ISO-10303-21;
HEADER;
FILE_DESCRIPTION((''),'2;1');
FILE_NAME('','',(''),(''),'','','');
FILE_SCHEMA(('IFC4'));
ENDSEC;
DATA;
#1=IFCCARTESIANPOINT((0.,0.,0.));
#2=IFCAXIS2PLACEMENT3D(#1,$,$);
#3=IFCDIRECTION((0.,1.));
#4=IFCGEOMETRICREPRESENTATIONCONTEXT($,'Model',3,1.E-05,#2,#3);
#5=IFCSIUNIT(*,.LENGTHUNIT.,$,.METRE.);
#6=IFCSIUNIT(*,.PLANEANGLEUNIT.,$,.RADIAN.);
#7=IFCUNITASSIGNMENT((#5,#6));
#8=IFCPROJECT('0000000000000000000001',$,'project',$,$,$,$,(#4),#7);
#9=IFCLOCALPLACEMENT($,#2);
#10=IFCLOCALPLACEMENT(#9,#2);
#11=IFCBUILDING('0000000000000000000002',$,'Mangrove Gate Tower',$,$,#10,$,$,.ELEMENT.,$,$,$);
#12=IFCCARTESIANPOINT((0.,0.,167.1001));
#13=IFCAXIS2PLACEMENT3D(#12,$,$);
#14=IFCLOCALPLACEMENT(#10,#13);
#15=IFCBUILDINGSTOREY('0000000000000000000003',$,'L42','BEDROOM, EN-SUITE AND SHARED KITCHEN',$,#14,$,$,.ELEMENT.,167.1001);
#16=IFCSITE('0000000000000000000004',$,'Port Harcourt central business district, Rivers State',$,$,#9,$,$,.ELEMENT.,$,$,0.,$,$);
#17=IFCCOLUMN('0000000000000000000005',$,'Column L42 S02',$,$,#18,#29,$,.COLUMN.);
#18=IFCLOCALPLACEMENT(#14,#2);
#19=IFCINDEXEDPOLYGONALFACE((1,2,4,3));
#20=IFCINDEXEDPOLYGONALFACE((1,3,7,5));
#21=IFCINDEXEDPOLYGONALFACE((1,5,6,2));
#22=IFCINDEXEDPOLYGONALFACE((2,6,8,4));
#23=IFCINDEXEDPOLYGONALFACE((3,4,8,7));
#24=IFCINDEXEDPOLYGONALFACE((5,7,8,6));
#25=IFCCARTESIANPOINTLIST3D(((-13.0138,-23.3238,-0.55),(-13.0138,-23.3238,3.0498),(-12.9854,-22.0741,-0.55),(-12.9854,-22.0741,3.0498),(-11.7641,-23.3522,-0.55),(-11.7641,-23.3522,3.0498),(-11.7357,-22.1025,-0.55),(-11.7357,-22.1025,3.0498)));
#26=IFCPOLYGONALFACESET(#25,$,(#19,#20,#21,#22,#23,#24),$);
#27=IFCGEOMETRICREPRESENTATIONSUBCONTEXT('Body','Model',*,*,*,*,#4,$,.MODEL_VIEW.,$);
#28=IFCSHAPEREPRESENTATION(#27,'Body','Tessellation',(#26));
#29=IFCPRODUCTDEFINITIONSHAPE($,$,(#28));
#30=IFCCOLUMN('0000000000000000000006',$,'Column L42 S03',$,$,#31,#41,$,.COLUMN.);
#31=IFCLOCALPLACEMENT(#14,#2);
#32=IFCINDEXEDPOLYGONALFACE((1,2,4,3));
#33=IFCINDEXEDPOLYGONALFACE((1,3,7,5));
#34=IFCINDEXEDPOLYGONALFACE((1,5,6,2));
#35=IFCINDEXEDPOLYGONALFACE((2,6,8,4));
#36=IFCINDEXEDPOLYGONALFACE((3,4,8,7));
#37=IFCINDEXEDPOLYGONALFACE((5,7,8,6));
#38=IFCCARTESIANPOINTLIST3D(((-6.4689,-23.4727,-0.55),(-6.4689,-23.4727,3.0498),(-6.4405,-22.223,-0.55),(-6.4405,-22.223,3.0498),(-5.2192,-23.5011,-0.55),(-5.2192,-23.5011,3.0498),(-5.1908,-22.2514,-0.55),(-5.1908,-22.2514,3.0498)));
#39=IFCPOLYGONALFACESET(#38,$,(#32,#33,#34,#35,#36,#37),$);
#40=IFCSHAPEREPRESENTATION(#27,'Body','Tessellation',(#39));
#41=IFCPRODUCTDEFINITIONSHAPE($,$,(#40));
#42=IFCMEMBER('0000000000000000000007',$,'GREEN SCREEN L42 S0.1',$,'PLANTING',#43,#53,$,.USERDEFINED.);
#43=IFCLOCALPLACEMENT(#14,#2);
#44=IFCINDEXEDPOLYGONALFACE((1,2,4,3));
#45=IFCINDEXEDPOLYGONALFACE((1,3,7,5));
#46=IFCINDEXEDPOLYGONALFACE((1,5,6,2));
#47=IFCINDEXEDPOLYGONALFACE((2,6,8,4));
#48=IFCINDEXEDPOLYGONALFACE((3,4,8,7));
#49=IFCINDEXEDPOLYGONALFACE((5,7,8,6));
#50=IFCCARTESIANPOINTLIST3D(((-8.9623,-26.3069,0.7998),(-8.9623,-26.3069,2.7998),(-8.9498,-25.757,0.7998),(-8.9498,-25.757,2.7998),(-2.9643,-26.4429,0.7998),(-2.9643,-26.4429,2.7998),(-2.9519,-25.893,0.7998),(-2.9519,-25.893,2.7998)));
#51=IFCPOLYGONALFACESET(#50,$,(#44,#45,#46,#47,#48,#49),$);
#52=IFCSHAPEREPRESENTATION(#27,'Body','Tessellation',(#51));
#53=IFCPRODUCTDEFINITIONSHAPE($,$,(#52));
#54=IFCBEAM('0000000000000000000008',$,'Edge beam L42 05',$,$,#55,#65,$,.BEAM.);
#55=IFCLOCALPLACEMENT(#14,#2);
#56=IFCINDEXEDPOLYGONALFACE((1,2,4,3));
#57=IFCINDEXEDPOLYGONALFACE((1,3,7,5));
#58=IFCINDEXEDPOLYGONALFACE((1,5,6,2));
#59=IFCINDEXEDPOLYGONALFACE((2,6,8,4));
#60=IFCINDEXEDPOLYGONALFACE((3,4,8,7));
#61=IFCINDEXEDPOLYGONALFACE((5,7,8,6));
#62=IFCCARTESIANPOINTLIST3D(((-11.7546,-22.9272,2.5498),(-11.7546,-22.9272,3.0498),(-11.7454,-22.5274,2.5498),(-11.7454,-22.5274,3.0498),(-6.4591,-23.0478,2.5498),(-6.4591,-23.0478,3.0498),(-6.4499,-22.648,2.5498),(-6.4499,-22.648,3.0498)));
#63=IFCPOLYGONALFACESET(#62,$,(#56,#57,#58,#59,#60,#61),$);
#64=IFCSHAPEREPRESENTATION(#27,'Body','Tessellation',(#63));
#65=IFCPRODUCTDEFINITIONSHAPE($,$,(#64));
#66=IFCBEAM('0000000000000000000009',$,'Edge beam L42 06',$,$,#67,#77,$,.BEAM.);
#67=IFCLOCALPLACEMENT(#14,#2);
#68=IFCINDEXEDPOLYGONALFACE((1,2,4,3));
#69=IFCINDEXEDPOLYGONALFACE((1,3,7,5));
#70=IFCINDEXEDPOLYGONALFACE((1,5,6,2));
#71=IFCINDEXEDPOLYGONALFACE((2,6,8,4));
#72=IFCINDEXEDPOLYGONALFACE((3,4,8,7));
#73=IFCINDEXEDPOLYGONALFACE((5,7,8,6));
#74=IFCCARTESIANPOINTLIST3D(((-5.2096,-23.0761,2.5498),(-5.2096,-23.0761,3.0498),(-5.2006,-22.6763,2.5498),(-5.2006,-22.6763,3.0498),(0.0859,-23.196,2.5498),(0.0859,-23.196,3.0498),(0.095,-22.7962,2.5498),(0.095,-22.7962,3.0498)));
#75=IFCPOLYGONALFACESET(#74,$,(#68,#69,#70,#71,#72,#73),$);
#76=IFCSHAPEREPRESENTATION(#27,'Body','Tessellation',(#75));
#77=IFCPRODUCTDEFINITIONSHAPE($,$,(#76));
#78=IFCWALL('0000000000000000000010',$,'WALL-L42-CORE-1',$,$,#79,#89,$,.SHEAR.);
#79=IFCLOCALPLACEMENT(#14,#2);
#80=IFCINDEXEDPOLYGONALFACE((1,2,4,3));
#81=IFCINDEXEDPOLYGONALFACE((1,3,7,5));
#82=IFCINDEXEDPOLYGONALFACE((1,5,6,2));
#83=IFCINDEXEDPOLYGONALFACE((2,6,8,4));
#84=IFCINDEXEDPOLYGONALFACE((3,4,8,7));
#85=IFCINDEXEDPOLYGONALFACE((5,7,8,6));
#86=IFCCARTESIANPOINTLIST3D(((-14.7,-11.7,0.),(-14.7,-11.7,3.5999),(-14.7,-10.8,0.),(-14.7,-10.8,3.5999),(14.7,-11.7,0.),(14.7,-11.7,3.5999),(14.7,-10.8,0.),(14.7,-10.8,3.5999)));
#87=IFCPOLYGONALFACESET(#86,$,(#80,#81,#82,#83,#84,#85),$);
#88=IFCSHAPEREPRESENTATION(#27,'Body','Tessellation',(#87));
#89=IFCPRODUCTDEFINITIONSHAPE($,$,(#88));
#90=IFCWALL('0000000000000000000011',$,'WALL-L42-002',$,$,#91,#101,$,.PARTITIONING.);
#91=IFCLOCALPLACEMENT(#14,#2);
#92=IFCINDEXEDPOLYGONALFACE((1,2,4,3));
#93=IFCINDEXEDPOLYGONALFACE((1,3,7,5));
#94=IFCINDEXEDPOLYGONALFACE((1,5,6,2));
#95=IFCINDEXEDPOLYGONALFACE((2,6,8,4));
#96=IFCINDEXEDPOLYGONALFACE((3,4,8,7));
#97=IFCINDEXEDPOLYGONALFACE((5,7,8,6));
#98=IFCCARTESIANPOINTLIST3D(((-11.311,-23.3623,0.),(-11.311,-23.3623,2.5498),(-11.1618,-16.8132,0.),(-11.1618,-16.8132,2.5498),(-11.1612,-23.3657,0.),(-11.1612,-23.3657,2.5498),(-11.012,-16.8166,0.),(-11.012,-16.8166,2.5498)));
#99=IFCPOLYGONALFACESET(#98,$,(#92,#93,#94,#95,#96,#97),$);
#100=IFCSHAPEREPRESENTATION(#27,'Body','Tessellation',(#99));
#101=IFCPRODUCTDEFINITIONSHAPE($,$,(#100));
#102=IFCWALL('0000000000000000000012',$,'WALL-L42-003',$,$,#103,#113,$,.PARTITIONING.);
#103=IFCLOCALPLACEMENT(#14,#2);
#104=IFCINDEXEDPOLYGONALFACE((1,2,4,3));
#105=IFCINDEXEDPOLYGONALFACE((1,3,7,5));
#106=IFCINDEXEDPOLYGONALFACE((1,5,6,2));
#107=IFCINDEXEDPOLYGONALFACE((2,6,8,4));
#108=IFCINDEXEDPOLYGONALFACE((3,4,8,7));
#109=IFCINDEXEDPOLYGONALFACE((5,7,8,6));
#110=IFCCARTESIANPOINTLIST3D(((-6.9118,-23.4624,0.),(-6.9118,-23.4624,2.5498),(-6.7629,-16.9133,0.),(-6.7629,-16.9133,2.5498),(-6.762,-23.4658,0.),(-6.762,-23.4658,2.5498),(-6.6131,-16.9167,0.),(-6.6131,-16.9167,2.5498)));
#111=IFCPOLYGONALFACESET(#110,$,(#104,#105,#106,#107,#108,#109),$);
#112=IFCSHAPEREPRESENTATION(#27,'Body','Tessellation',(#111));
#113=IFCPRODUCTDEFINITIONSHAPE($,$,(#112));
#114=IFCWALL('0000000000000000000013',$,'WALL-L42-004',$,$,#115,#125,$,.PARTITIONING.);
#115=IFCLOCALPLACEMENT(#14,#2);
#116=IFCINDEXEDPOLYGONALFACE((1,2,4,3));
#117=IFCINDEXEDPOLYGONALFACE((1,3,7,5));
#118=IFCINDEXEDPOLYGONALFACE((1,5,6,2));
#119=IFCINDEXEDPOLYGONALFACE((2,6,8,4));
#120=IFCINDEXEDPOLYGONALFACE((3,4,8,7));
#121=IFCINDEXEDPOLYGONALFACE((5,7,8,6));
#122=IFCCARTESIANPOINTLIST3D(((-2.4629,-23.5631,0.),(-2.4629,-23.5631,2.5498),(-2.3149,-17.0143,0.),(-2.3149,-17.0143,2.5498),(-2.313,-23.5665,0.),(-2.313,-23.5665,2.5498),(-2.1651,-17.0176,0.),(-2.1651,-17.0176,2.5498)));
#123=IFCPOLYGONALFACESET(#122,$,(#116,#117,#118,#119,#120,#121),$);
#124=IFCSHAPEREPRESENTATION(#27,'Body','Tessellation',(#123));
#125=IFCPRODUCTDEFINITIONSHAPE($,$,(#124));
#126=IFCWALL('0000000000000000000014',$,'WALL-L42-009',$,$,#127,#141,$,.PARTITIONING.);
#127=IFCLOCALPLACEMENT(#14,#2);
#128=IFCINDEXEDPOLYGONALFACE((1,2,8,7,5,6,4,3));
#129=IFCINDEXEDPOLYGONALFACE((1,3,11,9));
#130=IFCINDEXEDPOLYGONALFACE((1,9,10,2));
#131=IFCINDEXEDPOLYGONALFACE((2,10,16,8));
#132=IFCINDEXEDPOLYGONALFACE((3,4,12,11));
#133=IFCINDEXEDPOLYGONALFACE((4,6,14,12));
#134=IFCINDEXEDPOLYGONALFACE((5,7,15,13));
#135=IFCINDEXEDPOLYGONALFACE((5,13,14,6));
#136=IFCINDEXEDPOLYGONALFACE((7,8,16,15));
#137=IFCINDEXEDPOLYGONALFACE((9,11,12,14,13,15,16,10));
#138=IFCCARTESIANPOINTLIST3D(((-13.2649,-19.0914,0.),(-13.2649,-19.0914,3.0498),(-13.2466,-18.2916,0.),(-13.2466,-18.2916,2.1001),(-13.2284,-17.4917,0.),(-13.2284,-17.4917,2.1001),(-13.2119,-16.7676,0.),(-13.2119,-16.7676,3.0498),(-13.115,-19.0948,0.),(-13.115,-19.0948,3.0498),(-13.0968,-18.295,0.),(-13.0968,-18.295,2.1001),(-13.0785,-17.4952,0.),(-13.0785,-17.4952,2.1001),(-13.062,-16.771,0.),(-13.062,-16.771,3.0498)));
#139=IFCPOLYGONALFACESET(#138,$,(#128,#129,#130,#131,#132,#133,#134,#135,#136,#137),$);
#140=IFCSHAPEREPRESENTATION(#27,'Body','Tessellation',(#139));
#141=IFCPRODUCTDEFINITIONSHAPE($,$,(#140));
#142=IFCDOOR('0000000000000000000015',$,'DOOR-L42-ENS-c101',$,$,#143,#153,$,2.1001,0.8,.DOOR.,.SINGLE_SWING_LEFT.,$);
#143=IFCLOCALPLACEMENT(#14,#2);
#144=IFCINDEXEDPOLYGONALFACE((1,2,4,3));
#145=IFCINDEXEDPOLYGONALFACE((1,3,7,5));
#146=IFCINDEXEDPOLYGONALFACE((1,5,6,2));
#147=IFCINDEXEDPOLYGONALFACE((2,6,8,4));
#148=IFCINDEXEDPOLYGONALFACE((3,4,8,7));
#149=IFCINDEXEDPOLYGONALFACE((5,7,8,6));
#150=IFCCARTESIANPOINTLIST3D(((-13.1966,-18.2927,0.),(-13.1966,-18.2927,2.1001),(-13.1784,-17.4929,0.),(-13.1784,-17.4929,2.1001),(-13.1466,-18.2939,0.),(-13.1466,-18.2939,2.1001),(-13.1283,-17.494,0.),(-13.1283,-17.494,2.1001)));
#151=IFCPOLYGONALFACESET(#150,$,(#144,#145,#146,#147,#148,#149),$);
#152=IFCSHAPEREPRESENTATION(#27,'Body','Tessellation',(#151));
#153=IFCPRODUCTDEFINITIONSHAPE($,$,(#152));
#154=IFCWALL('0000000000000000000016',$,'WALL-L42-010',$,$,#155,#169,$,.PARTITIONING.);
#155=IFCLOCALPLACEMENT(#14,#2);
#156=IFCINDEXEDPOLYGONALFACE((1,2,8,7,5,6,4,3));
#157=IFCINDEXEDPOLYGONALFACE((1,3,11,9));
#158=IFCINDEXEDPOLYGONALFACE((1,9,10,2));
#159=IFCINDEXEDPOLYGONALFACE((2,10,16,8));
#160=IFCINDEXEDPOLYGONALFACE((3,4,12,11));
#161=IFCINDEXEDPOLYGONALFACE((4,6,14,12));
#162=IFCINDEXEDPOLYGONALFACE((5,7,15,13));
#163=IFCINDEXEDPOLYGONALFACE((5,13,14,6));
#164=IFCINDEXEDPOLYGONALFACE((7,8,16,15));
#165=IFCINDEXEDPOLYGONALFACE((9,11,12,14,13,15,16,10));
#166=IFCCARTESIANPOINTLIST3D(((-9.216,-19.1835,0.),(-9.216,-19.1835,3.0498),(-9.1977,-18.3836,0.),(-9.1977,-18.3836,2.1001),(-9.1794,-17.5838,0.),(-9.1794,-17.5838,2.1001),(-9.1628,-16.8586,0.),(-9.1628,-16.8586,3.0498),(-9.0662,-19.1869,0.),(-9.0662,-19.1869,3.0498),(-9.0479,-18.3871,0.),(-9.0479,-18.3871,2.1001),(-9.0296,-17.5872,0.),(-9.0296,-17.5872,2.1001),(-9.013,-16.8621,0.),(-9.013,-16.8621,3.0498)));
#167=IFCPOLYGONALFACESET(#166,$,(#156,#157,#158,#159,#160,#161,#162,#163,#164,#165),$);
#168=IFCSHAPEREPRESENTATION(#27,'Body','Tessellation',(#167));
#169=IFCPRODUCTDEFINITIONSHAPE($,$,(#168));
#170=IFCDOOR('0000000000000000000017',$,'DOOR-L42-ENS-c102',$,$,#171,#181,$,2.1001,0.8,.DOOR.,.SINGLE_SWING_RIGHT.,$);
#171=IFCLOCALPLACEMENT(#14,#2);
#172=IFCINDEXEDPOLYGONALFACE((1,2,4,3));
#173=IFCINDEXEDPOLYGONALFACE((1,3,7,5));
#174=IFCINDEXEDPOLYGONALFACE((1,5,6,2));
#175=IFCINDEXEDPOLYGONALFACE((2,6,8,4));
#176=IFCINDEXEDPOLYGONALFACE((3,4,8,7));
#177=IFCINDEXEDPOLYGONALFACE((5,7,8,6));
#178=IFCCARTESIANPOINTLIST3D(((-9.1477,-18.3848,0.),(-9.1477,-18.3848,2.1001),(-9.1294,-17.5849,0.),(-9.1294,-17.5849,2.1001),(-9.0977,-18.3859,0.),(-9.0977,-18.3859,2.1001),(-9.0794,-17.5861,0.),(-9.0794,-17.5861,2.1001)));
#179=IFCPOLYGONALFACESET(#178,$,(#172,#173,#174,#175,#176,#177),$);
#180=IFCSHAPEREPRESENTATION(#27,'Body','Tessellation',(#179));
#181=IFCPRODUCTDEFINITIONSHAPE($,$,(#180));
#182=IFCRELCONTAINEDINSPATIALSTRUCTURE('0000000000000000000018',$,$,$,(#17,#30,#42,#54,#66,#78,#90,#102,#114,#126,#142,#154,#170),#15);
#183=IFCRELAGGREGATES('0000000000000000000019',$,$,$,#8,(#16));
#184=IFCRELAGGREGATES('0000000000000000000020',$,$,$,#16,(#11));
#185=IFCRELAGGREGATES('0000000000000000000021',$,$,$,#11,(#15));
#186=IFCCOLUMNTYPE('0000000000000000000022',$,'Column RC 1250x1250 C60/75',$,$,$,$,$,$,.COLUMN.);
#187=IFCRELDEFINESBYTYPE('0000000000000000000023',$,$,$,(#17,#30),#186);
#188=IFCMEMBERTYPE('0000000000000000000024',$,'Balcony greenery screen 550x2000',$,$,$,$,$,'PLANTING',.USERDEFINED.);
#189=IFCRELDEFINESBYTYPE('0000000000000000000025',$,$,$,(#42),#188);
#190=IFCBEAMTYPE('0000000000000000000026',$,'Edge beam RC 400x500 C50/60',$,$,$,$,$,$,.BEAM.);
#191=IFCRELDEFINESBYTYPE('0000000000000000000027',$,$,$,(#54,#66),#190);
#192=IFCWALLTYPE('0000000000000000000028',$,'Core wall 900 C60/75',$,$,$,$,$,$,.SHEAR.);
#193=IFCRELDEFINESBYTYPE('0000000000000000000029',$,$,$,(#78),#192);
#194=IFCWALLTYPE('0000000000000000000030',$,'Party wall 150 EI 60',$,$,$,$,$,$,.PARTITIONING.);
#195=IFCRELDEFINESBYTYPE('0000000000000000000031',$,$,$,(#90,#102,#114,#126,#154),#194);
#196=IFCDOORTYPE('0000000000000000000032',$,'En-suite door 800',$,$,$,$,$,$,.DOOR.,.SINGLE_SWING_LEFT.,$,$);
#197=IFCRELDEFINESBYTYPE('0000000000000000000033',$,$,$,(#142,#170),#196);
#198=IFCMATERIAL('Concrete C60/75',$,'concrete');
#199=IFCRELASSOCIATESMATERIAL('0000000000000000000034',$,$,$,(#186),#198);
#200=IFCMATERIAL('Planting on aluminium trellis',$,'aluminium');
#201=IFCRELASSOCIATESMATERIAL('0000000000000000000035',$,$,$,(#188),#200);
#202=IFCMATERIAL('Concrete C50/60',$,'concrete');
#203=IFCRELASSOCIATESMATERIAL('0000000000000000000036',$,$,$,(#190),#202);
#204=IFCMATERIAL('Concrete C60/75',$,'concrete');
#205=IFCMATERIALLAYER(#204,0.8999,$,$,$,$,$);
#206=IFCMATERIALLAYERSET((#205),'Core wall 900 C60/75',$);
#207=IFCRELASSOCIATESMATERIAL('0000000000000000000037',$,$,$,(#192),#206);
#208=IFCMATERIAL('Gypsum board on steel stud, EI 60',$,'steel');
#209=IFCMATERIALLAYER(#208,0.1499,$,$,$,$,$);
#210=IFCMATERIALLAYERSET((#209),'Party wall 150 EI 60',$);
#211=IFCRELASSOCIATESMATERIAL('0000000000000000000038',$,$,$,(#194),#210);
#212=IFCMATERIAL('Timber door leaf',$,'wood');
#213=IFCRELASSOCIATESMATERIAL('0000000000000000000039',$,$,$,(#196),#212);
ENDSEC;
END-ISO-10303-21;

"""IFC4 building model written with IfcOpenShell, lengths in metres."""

from ifc_helpers import new_model, si_unit, direction, frame, frame_2d, origin, origin_2d, place, context, subcontext, project, spatial, rectangle, extrude, material, layer, layer_set, material_profile, profile_set, type_object, element, fill, save


model = new_model("IFC4")

# Units and contexts
model_context = context("Model", 3, precision=1e-05, world=origin(), true_north=direction((0.0, 1.0)))
body_context = subcontext(model_context, "Body", "Model", "MODEL_VIEW")
ifc_project = project(units=[si_unit("LENGTHUNIT", "METRE"), si_unit("PLANEANGLEUNIT", "RADIAN")], contexts=[model_context])

# Site, building, storey
site_placement = place(None, origin())
site = spatial("IfcSite", under=ifc_project, at=site_placement, Name="Port Harcourt central business district, Rivers State", CompositionType="ELEMENT", RefElevation=0.0)
building_placement = place(site_placement, origin())
building = spatial("IfcBuilding", under=site, at=building_placement, Name="Mangrove Gate Tower", CompositionType="ELEMENT")
storey_placement = place(building_placement, frame((0.0, 0.0, 167.1001)))
storey = spatial("IfcBuildingStorey", under=building, at=storey_placement, Name="L42", Description="BEDROOM, EN-SUITE AND SHARED KITCHEN", CompositionType="ELEMENT", Elevation=167.1001)

# Columns
ifc_material_1 = material(Name="Concrete C60/75", Category="concrete")
ifc_material_profile_1 = material_profile(ifc_material_1, rectangle(XDim=1.25, YDim=1.25, at=origin_2d()))
ifc_profile_set_1 = profile_set([ifc_material_profile_1], Name="Concrete C60/75")
column_type = type_object("IfcColumnType", Name="Column RC 1250x1250 C60/75", PredefinedType="COLUMN", material=ifc_profile_set_1)
for number, where, z_axis, x_axis, name in (
    (1, (-12.3748, -22.7131, -0.55), (0.0, 0.0, 1.0), (0.999743, -0.022683, 0.0), "Column L42 S02"),
    (2, (-5.8298, -22.8621, -0.55), (0.0, 0.0, 1.0), (0.999743, -0.022683, 0.0), "Column L42 S03"),
):
    element("IfcColumn", number, at=place(storey_placement, frame(where, z_axis=z_axis, x_axis=x_axis)), inside=storey, type_object=column_type, Name=name, PredefinedType="COLUMN", context=body_context, shape_type="SweptSolid", body=[
        extrude(rectangle(XDim=1.25, YDim=1.25, at=origin_2d()), origin(), (0.0, 0.0, 1.0), 3.5999),
    ])

# Member
ifc_material_2 = material(Name="Planting on aluminium trellis", Category="aluminium")
ifc_material_profile_2 = material_profile(ifc_material_2, rectangle(XDim=0.55, YDim=2.0, at=origin_2d()))
ifc_profile_set_2 = profile_set([ifc_material_profile_2], Name="Planting on aluminium trellis")
member_type = type_object("IfcMemberType", Name="Balcony greenery screen 550x2000", ElementType="PLANTING", PredefinedType="USERDEFINED", material=ifc_profile_set_2)
member_placement = place(storey_placement, frame((-8.9561, -26.032, 1.7998), z_axis=(0.999743, -0.022666, 0.0), x_axis=(0.022666, 0.999743, 0.0)))
element("IfcMember", 3, at=member_placement, inside=storey, type_object=member_type, Name="GREEN SCREEN L42 S0.1", ObjectType="PLANTING", PredefinedType="USERDEFINED", context=body_context, shape_type="SweptSolid", body=[
    extrude(rectangle(XDim=0.55, YDim=2.0, at=origin_2d()), origin(), (0.0, 0.0, 1.0), 5.9995),
])

# Beams
ifc_material_3 = material(Name="Concrete C50/60", Category="concrete")
ifc_material_profile_3 = material_profile(ifc_material_3, rectangle(XDim=0.3999, YDim=0.5, at=origin_2d()))
ifc_profile_set_3 = profile_set([ifc_material_profile_3], Name="Concrete C50/60")
beam_type = type_object("IfcBeamType", Name="Edge beam RC 400x500 C50/60", PredefinedType="BEAM", material=ifc_profile_set_3)
for number, where, z_axis, x_axis, name in (
    (4, (-11.75, -22.7273, 2.7998), (0.999741, -0.02277, 0.0), (0.02277, 0.999741, 0.0), "Edge beam L42 05"),
    (5, (-5.2051, -22.8762, 2.7998), (0.999744, -0.022631, 0.0), (0.022631, 0.999744, 0.0), "Edge beam L42 06"),
):
    element("IfcBeam", number, at=place(storey_placement, frame(where, z_axis=z_axis, x_axis=x_axis)), inside=storey, type_object=beam_type, Name=name, PredefinedType="BEAM", context=body_context, shape_type="SweptSolid", body=[
        extrude(rectangle(XDim=0.3999, YDim=0.5, at=origin_2d()), origin(), (0.0, 0.0, 1.0), 5.2969),
    ])

# Walls
ifc_material_4 = material(Name="Concrete C60/75", Category="concrete")
ifc_layer_1 = layer(ifc_material_4, 0.8999)
ifc_layer_set_1 = layer_set([ifc_layer_1], Name="Core wall 900 C60/75")
wall_type_1 = type_object("IfcWallType", Name="Core wall 900 C60/75", PredefinedType="SHEAR", material=ifc_layer_set_1)
wall_1_placement = place(storey_placement, frame((-14.7, -11.25, 0.0), z_axis=(0.0, 0.0, 1.0), x_axis=(1.0, 0.0, 0.0)))
element("IfcWall", 6, at=wall_1_placement, inside=storey, type_object=wall_type_1, Name="WALL-L42-CORE-1", PredefinedType="SHEAR", context=body_context, shape_type="SweptSolid", body=[
    extrude(rectangle(XDim=29.3999, YDim=0.8999, at=frame_2d((14.7, 0.0))), origin(), (0.0, 0.0, 1.0), 3.5999),
])
ifc_material_5 = material(Name="Gypsum board on steel stud, EI 60", Category="steel")
ifc_layer_2 = layer(ifc_material_5, 0.1499)
ifc_layer_set_2 = layer_set([ifc_layer_2], Name="Party wall 150 EI 60")
wall_type_2 = type_object("IfcWallType", Name="Party wall 150 EI 60", PredefinedType="PARTITIONING", material=ifc_layer_set_2)
for number, where, z_axis, x_axis, name in (
    (7, (-11.2361, -23.364, 0.0), (0.0, 0.0, 1.0), (0.022771, 0.999741, 0.0), "WALL-L42-002"),
    (8, (-6.8369, -23.4641, 0.0), (0.0, 0.0, 1.0), (0.022734, 0.999742, 0.0), "WALL-L42-003"),
):
    element("IfcWall", number, at=place(storey_placement, frame(where, z_axis=z_axis, x_axis=x_axis)), inside=storey, type_object=wall_type_2, Name=name, PredefinedType="PARTITIONING", context=body_context, shape_type="SweptSolid", body=[
        extrude(rectangle(XDim=6.5508, YDim=0.1499, at=frame_2d((3.2754, 0.0))), origin(), (0.0, 0.0, 1.0), 2.5498),
    ])
wall_2_placement = place(storey_placement, frame((-2.3879, -23.5649, 0.0), z_axis=(0.0, 0.0, 1.0), x_axis=(0.022586, 0.999745, 0.0)))
element("IfcWall", 9, at=wall_2_placement, inside=storey, type_object=wall_type_2, Name="WALL-L42-004", PredefinedType="PARTITIONING", context=body_context, shape_type="SweptSolid", body=[
    extrude(rectangle(XDim=6.5505, YDim=0.1499, at=frame_2d((3.2754, 0.0))), origin(), (0.0, 0.0, 1.0), 2.5498),
])

# Walls, openings, doors
wall_3_placement = place(storey_placement, frame((-13.1899, -19.093, 0.0), z_axis=(0.0, 0.0, 1.0), x_axis=(0.022791, 0.99974, 0.0)))
wall_3 = element("IfcWall", 10, at=wall_3_placement, inside=storey, type_object=wall_type_2, Name="WALL-L42-009", PredefinedType="PARTITIONING", context=body_context, shape_type="SweptSolid", body=[
    extrude(rectangle(XDim=2.3245, YDim=0.1499, at=frame_2d((1.1621, 0.0))), origin(), (0.0, 0.0, 1.0), 3.0498),
])
opening_1_placement = place(wall_3_placement, frame((0.8, 0.0, 0.0)))
opening_1 = element("IfcOpeningElement", 11, at=opening_1_placement, cuts=wall_3, PredefinedType="OPENING", context=body_context, shape_type="SweptSolid", body=[
    extrude(rectangle(XDim=0.8, YDim=2.1001, at=frame_2d((0.3999, 1.05))), frame((0.0, 0.085, 0.0), z_axis=(0.0, -1.0, 0.0), x_axis=(1.0, 0.0, 0.0)), (0.0, 0.0, 1.0), 0.1699),
])
ifc_material_6 = material(Name="Timber door leaf", Category="wood")
door_type = type_object("IfcDoorType", Name="En-suite door 800", OperationType="SINGLE_SWING_LEFT", PredefinedType="DOOR", material=ifc_material_6)
door_1_placement = place(opening_1_placement, origin())
door_1 = element("IfcDoor", 12, at=door_1_placement, inside=storey, type_object=door_type, Name="DOOR-L42-ENS-c101", OperationType="SINGLE_SWING_LEFT", OverallHeight=2.1001, OverallWidth=0.8, PredefinedType="DOOR", context=body_context, shape_type="SweptSolid", body=[
    extrude(rectangle(XDim=0.8, YDim=2.1001, at=frame_2d((0.3999, 1.05))), frame((0.0, 0.0249, 0.0), z_axis=(0.0, -1.0, 0.0), x_axis=(1.0, 0.0, 0.0)), (0.0, 0.0, 1.0), 0.05),
])
fill(opening_1, door_1)
wall_4_placement = place(storey_placement, frame((-9.1411, -19.1851, 0.0), z_axis=(0.0, 0.0, 1.0), x_axis=(0.022886, 0.999738, 0.0)))
wall_4 = element("IfcWall", 13, at=wall_4_placement, inside=storey, type_object=wall_type_2, Name="WALL-L42-010", PredefinedType="PARTITIONING", context=body_context, shape_type="SweptSolid", body=[
    extrude(rectangle(XDim=2.3254, YDim=0.1499, at=frame_2d((1.1626, 0.0))), origin(), (0.0, 0.0, 1.0), 3.0498),
])
opening_2_placement = place(wall_4_placement, frame((0.8, 0.0, 0.0)))
opening_2 = element("IfcOpeningElement", 14, at=opening_2_placement, cuts=wall_4, PredefinedType="OPENING", context=body_context, shape_type="SweptSolid", body=[
    extrude(rectangle(XDim=0.8, YDim=2.1001, at=frame_2d((0.3999, 1.05))), frame((0.0, 0.085, 0.0), z_axis=(0.0, -1.0, 0.0), x_axis=(1.0, 0.0, 0.0)), (0.0, 0.0, 1.0), 0.1699),
])
door_2_placement = place(opening_2_placement, origin())
door_2 = element("IfcDoor", 15, at=door_2_placement, inside=storey, type_object=door_type, Name="DOOR-L42-ENS-c102", OperationType="SINGLE_SWING_RIGHT", OverallHeight=2.1001, OverallWidth=0.8, PredefinedType="DOOR", context=body_context, shape_type="SweptSolid", body=[
    extrude(rectangle(XDim=0.8, YDim=2.1001, at=frame_2d((0.3999, 1.05))), frame((0.0, 0.0249, 0.0), z_axis=(0.0, -1.0, 0.0), x_axis=(1.0, 0.0, 0.0)), (0.0, 0.0, 1.0), 0.05),
])
fill(opening_2, door_2)

save(model, "model.ifc")
